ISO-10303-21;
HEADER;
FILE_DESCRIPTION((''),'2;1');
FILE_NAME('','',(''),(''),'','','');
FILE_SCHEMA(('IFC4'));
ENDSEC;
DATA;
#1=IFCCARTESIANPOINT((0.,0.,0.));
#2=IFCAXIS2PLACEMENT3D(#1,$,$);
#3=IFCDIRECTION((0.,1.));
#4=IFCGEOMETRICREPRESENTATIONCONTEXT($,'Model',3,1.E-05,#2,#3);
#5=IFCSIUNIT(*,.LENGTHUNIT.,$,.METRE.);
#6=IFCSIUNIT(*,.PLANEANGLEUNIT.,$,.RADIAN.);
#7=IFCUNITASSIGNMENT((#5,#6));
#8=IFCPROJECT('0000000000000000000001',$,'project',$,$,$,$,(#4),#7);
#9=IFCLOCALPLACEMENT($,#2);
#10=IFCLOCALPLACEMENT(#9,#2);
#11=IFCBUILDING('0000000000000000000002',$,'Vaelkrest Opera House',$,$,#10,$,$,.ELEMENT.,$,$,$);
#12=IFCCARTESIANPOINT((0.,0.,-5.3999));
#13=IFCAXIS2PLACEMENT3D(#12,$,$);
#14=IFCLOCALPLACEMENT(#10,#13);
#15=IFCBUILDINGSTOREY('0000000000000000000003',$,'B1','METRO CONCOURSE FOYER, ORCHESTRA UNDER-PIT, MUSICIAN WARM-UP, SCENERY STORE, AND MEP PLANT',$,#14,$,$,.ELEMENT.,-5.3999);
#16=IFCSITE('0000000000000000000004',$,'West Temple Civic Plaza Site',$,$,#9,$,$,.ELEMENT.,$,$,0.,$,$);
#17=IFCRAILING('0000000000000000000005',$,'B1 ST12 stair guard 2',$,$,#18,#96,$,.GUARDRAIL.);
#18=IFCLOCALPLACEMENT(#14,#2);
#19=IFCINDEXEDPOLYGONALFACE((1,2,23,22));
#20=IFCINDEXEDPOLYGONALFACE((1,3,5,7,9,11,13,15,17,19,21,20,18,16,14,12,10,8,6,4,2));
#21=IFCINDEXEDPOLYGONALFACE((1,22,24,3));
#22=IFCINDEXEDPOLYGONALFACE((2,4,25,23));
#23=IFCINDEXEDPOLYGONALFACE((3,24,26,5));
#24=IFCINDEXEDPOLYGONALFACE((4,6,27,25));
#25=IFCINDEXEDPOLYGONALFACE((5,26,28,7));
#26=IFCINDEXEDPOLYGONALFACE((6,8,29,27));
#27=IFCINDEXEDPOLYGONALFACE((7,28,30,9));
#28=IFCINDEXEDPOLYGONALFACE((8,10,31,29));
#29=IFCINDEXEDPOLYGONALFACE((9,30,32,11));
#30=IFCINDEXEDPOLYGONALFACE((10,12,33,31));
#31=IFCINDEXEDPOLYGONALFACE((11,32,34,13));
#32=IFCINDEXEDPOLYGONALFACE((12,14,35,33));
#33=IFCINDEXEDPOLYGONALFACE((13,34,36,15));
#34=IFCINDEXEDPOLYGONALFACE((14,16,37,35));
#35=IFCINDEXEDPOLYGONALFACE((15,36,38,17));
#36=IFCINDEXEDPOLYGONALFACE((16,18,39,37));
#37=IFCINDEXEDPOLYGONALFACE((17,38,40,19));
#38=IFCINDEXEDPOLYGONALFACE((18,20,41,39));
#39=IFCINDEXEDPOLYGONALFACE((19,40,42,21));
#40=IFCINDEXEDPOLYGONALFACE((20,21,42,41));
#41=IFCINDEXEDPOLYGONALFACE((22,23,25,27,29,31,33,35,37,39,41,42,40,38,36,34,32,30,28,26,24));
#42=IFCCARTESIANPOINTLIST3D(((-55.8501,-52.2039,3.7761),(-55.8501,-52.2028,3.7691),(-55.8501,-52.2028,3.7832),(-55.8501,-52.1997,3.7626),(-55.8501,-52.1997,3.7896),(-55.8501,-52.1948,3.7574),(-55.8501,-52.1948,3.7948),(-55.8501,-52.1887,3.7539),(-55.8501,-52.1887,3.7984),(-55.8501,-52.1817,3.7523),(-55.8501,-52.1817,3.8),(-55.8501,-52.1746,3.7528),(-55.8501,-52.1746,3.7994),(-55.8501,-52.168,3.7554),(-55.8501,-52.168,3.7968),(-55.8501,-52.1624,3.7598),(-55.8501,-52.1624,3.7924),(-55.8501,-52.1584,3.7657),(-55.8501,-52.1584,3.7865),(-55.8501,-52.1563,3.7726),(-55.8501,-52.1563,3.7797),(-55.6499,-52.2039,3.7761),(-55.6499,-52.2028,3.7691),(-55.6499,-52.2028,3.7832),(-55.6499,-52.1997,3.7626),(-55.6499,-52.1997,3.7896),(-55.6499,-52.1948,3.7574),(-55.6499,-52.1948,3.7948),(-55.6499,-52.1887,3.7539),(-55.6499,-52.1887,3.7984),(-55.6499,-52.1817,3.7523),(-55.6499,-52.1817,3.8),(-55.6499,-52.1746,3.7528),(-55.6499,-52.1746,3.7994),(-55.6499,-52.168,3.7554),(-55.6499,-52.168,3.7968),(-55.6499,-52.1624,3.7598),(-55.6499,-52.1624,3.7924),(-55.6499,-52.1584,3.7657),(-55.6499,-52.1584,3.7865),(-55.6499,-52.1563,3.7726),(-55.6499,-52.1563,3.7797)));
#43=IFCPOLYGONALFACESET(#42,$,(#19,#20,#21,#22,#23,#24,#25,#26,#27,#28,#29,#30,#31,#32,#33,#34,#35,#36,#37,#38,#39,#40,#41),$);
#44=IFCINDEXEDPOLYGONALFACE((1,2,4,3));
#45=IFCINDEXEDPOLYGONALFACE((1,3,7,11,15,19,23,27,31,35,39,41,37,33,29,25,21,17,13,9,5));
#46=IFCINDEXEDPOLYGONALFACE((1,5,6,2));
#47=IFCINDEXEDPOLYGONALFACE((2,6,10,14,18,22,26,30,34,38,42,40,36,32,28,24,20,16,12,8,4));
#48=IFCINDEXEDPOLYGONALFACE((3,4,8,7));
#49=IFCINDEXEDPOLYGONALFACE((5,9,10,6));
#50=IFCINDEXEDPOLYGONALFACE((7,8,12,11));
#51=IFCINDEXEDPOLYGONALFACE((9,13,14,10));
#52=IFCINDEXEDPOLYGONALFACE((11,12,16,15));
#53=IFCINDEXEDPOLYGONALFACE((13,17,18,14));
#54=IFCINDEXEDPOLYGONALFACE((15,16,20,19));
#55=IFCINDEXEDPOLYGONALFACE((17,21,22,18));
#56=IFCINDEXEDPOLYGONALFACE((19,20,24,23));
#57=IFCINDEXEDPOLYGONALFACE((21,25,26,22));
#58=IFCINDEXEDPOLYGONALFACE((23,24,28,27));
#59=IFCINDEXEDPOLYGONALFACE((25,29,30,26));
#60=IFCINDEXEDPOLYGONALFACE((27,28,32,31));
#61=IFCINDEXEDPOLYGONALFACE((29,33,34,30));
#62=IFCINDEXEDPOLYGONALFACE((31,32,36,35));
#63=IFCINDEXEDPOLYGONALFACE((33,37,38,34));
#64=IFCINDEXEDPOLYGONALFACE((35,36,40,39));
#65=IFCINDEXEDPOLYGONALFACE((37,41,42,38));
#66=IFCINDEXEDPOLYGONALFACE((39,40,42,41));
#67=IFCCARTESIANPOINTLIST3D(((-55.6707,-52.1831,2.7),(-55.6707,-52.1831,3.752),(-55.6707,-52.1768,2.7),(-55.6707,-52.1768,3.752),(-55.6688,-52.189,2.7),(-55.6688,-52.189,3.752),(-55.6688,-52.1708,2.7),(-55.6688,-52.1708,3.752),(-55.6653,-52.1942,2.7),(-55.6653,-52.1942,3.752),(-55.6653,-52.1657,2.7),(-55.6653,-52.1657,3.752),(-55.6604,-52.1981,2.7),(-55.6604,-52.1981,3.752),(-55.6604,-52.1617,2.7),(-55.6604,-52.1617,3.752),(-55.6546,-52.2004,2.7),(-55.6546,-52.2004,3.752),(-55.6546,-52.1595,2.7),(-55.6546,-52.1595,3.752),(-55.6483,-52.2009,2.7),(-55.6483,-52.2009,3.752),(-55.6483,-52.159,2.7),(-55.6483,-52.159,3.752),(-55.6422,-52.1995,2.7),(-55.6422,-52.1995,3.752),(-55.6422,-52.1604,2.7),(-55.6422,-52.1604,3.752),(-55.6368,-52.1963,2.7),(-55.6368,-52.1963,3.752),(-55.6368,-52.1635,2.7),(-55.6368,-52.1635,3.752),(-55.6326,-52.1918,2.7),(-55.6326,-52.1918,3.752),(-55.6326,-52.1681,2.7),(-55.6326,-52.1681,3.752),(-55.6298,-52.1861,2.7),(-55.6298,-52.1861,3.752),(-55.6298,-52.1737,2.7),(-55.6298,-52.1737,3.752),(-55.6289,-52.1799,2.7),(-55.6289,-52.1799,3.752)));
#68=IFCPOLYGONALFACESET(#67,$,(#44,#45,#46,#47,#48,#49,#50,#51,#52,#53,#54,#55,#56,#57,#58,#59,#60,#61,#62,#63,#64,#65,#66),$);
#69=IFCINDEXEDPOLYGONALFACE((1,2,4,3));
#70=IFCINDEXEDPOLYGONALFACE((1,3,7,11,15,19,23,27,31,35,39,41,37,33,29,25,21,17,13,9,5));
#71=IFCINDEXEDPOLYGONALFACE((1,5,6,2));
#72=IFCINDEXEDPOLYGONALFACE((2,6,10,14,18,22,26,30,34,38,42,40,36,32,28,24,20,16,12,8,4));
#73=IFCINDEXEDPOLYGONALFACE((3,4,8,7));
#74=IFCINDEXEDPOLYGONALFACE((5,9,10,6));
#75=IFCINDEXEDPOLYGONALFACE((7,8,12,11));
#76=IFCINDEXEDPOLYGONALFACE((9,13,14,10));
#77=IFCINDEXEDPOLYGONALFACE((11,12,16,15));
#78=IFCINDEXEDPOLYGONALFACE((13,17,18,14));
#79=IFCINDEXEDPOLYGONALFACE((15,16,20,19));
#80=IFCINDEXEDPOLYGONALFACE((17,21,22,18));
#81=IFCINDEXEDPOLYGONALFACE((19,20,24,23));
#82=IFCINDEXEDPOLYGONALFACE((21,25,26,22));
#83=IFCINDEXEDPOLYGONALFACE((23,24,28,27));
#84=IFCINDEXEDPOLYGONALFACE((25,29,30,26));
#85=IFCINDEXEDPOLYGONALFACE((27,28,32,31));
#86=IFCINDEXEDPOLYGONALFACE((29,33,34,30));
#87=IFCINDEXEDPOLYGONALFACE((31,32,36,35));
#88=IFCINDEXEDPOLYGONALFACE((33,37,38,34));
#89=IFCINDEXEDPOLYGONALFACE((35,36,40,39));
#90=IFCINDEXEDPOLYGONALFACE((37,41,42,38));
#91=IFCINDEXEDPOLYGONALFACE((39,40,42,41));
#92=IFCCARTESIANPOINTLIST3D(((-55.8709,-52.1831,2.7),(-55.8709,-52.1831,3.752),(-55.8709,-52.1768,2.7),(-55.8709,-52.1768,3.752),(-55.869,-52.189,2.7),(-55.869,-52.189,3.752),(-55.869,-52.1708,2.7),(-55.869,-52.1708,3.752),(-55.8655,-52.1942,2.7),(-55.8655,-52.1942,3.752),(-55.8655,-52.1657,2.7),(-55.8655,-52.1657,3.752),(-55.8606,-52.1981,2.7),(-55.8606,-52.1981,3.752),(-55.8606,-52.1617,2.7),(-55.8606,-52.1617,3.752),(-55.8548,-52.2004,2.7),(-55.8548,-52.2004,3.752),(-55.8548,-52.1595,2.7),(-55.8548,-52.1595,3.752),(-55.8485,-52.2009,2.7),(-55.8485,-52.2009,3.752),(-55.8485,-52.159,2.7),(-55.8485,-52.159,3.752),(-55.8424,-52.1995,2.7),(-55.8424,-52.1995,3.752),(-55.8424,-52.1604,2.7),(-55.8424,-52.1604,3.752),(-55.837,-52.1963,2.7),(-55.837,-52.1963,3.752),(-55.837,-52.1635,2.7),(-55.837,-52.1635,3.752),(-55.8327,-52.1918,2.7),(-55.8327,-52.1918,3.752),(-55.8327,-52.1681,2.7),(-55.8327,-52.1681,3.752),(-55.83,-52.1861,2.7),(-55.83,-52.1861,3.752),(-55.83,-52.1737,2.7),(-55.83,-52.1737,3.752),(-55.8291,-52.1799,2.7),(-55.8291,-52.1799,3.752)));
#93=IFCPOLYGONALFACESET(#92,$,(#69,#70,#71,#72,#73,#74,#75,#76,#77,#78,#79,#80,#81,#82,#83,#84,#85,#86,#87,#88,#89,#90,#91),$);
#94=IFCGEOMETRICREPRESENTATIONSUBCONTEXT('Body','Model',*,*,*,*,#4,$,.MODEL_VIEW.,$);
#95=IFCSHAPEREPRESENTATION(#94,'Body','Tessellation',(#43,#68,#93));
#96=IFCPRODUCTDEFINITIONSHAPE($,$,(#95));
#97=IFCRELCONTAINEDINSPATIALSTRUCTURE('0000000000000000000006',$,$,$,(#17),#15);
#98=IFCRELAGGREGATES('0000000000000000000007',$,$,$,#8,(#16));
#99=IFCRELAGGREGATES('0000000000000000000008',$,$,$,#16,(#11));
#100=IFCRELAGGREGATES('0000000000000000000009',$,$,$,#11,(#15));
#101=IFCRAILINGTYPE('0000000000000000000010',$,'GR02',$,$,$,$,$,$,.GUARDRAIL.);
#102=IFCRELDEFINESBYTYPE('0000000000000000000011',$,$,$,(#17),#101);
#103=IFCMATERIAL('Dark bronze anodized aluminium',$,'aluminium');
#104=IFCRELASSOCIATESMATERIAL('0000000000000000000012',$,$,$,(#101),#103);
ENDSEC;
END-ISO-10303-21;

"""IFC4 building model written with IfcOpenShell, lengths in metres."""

from ifc_helpers import new_model, si_unit, direction, frame, origin, origin_2d, place, context, subcontext, project, spatial, circle, extrude, material, type_object, element, save


model = new_model("IFC4")

# Units and contexts
model_context = context("Model", 3, precision=1e-05, world=origin(), true_north=direction((0.0, 1.0)))
body_context = subcontext(model_context, "Body", "Model", "MODEL_VIEW")
ifc_project = project(units=[si_unit("LENGTHUNIT", "METRE"), si_unit("PLANEANGLEUNIT", "RADIAN")], contexts=[model_context])

# Site, building, storey
site_placement = place(None, origin())
site = spatial("IfcSite", under=ifc_project, at=site_placement, Name="West Temple Civic Plaza Site", CompositionType="ELEMENT", RefElevation=0.0)
building_placement = place(site_placement, origin())
building = spatial("IfcBuilding", under=site, at=building_placement, Name="Vaelkrest Opera House", CompositionType="ELEMENT")
storey_placement = place(building_placement, frame((0.0, 0.0, -5.3999)))
storey = spatial("IfcBuildingStorey", under=building, at=storey_placement, Name="B1", Description="METRO CONCOURSE FOYER, ORCHESTRA UNDER-PIT, MUSICIAN WARM-UP, SCENERY STORE, AND MEP PLANT", CompositionType="ELEMENT", Elevation=-5.3999)

# Railing
ifc_material_1 = material(Name="Dark bronze anodized aluminium", Category="aluminium")
railing_type_1 = type_object("IfcRailingType", Name="GR02", PredefinedType="GUARDRAIL", material=ifc_material_1)
railing_1_placement = place(storey_placement, frame((-55.6499, -52.1799, 2.7)))
element("IfcRailing", 1, at=railing_1_placement, inside=storey, type_object=railing_type_1, Name="B1 ST12 stair guard 2", PredefinedType="GUARDRAIL", context=body_context, shape_type="SweptSolid", body=[
    extrude(circle(Radius=0.0239, at=origin_2d()), frame((0.0, 0.0, 1.0762), z_axis=(-1.0, 0.0, 0.0), x_axis=(0.0, -1.0, 0.0)), (0.0, 0.0, 1.0), 0.2002),
    extrude(circle(Radius=0.021, at=origin_2d()), origin(), (0.0, 0.0, 1.0), 1.052),
    extrude(circle(Radius=0.021, at=origin_2d()), frame((-0.2002, 0.0, 0.0)), (0.0, 0.0, 1.0), 1.052),
])

save(model, "model.ifc")
